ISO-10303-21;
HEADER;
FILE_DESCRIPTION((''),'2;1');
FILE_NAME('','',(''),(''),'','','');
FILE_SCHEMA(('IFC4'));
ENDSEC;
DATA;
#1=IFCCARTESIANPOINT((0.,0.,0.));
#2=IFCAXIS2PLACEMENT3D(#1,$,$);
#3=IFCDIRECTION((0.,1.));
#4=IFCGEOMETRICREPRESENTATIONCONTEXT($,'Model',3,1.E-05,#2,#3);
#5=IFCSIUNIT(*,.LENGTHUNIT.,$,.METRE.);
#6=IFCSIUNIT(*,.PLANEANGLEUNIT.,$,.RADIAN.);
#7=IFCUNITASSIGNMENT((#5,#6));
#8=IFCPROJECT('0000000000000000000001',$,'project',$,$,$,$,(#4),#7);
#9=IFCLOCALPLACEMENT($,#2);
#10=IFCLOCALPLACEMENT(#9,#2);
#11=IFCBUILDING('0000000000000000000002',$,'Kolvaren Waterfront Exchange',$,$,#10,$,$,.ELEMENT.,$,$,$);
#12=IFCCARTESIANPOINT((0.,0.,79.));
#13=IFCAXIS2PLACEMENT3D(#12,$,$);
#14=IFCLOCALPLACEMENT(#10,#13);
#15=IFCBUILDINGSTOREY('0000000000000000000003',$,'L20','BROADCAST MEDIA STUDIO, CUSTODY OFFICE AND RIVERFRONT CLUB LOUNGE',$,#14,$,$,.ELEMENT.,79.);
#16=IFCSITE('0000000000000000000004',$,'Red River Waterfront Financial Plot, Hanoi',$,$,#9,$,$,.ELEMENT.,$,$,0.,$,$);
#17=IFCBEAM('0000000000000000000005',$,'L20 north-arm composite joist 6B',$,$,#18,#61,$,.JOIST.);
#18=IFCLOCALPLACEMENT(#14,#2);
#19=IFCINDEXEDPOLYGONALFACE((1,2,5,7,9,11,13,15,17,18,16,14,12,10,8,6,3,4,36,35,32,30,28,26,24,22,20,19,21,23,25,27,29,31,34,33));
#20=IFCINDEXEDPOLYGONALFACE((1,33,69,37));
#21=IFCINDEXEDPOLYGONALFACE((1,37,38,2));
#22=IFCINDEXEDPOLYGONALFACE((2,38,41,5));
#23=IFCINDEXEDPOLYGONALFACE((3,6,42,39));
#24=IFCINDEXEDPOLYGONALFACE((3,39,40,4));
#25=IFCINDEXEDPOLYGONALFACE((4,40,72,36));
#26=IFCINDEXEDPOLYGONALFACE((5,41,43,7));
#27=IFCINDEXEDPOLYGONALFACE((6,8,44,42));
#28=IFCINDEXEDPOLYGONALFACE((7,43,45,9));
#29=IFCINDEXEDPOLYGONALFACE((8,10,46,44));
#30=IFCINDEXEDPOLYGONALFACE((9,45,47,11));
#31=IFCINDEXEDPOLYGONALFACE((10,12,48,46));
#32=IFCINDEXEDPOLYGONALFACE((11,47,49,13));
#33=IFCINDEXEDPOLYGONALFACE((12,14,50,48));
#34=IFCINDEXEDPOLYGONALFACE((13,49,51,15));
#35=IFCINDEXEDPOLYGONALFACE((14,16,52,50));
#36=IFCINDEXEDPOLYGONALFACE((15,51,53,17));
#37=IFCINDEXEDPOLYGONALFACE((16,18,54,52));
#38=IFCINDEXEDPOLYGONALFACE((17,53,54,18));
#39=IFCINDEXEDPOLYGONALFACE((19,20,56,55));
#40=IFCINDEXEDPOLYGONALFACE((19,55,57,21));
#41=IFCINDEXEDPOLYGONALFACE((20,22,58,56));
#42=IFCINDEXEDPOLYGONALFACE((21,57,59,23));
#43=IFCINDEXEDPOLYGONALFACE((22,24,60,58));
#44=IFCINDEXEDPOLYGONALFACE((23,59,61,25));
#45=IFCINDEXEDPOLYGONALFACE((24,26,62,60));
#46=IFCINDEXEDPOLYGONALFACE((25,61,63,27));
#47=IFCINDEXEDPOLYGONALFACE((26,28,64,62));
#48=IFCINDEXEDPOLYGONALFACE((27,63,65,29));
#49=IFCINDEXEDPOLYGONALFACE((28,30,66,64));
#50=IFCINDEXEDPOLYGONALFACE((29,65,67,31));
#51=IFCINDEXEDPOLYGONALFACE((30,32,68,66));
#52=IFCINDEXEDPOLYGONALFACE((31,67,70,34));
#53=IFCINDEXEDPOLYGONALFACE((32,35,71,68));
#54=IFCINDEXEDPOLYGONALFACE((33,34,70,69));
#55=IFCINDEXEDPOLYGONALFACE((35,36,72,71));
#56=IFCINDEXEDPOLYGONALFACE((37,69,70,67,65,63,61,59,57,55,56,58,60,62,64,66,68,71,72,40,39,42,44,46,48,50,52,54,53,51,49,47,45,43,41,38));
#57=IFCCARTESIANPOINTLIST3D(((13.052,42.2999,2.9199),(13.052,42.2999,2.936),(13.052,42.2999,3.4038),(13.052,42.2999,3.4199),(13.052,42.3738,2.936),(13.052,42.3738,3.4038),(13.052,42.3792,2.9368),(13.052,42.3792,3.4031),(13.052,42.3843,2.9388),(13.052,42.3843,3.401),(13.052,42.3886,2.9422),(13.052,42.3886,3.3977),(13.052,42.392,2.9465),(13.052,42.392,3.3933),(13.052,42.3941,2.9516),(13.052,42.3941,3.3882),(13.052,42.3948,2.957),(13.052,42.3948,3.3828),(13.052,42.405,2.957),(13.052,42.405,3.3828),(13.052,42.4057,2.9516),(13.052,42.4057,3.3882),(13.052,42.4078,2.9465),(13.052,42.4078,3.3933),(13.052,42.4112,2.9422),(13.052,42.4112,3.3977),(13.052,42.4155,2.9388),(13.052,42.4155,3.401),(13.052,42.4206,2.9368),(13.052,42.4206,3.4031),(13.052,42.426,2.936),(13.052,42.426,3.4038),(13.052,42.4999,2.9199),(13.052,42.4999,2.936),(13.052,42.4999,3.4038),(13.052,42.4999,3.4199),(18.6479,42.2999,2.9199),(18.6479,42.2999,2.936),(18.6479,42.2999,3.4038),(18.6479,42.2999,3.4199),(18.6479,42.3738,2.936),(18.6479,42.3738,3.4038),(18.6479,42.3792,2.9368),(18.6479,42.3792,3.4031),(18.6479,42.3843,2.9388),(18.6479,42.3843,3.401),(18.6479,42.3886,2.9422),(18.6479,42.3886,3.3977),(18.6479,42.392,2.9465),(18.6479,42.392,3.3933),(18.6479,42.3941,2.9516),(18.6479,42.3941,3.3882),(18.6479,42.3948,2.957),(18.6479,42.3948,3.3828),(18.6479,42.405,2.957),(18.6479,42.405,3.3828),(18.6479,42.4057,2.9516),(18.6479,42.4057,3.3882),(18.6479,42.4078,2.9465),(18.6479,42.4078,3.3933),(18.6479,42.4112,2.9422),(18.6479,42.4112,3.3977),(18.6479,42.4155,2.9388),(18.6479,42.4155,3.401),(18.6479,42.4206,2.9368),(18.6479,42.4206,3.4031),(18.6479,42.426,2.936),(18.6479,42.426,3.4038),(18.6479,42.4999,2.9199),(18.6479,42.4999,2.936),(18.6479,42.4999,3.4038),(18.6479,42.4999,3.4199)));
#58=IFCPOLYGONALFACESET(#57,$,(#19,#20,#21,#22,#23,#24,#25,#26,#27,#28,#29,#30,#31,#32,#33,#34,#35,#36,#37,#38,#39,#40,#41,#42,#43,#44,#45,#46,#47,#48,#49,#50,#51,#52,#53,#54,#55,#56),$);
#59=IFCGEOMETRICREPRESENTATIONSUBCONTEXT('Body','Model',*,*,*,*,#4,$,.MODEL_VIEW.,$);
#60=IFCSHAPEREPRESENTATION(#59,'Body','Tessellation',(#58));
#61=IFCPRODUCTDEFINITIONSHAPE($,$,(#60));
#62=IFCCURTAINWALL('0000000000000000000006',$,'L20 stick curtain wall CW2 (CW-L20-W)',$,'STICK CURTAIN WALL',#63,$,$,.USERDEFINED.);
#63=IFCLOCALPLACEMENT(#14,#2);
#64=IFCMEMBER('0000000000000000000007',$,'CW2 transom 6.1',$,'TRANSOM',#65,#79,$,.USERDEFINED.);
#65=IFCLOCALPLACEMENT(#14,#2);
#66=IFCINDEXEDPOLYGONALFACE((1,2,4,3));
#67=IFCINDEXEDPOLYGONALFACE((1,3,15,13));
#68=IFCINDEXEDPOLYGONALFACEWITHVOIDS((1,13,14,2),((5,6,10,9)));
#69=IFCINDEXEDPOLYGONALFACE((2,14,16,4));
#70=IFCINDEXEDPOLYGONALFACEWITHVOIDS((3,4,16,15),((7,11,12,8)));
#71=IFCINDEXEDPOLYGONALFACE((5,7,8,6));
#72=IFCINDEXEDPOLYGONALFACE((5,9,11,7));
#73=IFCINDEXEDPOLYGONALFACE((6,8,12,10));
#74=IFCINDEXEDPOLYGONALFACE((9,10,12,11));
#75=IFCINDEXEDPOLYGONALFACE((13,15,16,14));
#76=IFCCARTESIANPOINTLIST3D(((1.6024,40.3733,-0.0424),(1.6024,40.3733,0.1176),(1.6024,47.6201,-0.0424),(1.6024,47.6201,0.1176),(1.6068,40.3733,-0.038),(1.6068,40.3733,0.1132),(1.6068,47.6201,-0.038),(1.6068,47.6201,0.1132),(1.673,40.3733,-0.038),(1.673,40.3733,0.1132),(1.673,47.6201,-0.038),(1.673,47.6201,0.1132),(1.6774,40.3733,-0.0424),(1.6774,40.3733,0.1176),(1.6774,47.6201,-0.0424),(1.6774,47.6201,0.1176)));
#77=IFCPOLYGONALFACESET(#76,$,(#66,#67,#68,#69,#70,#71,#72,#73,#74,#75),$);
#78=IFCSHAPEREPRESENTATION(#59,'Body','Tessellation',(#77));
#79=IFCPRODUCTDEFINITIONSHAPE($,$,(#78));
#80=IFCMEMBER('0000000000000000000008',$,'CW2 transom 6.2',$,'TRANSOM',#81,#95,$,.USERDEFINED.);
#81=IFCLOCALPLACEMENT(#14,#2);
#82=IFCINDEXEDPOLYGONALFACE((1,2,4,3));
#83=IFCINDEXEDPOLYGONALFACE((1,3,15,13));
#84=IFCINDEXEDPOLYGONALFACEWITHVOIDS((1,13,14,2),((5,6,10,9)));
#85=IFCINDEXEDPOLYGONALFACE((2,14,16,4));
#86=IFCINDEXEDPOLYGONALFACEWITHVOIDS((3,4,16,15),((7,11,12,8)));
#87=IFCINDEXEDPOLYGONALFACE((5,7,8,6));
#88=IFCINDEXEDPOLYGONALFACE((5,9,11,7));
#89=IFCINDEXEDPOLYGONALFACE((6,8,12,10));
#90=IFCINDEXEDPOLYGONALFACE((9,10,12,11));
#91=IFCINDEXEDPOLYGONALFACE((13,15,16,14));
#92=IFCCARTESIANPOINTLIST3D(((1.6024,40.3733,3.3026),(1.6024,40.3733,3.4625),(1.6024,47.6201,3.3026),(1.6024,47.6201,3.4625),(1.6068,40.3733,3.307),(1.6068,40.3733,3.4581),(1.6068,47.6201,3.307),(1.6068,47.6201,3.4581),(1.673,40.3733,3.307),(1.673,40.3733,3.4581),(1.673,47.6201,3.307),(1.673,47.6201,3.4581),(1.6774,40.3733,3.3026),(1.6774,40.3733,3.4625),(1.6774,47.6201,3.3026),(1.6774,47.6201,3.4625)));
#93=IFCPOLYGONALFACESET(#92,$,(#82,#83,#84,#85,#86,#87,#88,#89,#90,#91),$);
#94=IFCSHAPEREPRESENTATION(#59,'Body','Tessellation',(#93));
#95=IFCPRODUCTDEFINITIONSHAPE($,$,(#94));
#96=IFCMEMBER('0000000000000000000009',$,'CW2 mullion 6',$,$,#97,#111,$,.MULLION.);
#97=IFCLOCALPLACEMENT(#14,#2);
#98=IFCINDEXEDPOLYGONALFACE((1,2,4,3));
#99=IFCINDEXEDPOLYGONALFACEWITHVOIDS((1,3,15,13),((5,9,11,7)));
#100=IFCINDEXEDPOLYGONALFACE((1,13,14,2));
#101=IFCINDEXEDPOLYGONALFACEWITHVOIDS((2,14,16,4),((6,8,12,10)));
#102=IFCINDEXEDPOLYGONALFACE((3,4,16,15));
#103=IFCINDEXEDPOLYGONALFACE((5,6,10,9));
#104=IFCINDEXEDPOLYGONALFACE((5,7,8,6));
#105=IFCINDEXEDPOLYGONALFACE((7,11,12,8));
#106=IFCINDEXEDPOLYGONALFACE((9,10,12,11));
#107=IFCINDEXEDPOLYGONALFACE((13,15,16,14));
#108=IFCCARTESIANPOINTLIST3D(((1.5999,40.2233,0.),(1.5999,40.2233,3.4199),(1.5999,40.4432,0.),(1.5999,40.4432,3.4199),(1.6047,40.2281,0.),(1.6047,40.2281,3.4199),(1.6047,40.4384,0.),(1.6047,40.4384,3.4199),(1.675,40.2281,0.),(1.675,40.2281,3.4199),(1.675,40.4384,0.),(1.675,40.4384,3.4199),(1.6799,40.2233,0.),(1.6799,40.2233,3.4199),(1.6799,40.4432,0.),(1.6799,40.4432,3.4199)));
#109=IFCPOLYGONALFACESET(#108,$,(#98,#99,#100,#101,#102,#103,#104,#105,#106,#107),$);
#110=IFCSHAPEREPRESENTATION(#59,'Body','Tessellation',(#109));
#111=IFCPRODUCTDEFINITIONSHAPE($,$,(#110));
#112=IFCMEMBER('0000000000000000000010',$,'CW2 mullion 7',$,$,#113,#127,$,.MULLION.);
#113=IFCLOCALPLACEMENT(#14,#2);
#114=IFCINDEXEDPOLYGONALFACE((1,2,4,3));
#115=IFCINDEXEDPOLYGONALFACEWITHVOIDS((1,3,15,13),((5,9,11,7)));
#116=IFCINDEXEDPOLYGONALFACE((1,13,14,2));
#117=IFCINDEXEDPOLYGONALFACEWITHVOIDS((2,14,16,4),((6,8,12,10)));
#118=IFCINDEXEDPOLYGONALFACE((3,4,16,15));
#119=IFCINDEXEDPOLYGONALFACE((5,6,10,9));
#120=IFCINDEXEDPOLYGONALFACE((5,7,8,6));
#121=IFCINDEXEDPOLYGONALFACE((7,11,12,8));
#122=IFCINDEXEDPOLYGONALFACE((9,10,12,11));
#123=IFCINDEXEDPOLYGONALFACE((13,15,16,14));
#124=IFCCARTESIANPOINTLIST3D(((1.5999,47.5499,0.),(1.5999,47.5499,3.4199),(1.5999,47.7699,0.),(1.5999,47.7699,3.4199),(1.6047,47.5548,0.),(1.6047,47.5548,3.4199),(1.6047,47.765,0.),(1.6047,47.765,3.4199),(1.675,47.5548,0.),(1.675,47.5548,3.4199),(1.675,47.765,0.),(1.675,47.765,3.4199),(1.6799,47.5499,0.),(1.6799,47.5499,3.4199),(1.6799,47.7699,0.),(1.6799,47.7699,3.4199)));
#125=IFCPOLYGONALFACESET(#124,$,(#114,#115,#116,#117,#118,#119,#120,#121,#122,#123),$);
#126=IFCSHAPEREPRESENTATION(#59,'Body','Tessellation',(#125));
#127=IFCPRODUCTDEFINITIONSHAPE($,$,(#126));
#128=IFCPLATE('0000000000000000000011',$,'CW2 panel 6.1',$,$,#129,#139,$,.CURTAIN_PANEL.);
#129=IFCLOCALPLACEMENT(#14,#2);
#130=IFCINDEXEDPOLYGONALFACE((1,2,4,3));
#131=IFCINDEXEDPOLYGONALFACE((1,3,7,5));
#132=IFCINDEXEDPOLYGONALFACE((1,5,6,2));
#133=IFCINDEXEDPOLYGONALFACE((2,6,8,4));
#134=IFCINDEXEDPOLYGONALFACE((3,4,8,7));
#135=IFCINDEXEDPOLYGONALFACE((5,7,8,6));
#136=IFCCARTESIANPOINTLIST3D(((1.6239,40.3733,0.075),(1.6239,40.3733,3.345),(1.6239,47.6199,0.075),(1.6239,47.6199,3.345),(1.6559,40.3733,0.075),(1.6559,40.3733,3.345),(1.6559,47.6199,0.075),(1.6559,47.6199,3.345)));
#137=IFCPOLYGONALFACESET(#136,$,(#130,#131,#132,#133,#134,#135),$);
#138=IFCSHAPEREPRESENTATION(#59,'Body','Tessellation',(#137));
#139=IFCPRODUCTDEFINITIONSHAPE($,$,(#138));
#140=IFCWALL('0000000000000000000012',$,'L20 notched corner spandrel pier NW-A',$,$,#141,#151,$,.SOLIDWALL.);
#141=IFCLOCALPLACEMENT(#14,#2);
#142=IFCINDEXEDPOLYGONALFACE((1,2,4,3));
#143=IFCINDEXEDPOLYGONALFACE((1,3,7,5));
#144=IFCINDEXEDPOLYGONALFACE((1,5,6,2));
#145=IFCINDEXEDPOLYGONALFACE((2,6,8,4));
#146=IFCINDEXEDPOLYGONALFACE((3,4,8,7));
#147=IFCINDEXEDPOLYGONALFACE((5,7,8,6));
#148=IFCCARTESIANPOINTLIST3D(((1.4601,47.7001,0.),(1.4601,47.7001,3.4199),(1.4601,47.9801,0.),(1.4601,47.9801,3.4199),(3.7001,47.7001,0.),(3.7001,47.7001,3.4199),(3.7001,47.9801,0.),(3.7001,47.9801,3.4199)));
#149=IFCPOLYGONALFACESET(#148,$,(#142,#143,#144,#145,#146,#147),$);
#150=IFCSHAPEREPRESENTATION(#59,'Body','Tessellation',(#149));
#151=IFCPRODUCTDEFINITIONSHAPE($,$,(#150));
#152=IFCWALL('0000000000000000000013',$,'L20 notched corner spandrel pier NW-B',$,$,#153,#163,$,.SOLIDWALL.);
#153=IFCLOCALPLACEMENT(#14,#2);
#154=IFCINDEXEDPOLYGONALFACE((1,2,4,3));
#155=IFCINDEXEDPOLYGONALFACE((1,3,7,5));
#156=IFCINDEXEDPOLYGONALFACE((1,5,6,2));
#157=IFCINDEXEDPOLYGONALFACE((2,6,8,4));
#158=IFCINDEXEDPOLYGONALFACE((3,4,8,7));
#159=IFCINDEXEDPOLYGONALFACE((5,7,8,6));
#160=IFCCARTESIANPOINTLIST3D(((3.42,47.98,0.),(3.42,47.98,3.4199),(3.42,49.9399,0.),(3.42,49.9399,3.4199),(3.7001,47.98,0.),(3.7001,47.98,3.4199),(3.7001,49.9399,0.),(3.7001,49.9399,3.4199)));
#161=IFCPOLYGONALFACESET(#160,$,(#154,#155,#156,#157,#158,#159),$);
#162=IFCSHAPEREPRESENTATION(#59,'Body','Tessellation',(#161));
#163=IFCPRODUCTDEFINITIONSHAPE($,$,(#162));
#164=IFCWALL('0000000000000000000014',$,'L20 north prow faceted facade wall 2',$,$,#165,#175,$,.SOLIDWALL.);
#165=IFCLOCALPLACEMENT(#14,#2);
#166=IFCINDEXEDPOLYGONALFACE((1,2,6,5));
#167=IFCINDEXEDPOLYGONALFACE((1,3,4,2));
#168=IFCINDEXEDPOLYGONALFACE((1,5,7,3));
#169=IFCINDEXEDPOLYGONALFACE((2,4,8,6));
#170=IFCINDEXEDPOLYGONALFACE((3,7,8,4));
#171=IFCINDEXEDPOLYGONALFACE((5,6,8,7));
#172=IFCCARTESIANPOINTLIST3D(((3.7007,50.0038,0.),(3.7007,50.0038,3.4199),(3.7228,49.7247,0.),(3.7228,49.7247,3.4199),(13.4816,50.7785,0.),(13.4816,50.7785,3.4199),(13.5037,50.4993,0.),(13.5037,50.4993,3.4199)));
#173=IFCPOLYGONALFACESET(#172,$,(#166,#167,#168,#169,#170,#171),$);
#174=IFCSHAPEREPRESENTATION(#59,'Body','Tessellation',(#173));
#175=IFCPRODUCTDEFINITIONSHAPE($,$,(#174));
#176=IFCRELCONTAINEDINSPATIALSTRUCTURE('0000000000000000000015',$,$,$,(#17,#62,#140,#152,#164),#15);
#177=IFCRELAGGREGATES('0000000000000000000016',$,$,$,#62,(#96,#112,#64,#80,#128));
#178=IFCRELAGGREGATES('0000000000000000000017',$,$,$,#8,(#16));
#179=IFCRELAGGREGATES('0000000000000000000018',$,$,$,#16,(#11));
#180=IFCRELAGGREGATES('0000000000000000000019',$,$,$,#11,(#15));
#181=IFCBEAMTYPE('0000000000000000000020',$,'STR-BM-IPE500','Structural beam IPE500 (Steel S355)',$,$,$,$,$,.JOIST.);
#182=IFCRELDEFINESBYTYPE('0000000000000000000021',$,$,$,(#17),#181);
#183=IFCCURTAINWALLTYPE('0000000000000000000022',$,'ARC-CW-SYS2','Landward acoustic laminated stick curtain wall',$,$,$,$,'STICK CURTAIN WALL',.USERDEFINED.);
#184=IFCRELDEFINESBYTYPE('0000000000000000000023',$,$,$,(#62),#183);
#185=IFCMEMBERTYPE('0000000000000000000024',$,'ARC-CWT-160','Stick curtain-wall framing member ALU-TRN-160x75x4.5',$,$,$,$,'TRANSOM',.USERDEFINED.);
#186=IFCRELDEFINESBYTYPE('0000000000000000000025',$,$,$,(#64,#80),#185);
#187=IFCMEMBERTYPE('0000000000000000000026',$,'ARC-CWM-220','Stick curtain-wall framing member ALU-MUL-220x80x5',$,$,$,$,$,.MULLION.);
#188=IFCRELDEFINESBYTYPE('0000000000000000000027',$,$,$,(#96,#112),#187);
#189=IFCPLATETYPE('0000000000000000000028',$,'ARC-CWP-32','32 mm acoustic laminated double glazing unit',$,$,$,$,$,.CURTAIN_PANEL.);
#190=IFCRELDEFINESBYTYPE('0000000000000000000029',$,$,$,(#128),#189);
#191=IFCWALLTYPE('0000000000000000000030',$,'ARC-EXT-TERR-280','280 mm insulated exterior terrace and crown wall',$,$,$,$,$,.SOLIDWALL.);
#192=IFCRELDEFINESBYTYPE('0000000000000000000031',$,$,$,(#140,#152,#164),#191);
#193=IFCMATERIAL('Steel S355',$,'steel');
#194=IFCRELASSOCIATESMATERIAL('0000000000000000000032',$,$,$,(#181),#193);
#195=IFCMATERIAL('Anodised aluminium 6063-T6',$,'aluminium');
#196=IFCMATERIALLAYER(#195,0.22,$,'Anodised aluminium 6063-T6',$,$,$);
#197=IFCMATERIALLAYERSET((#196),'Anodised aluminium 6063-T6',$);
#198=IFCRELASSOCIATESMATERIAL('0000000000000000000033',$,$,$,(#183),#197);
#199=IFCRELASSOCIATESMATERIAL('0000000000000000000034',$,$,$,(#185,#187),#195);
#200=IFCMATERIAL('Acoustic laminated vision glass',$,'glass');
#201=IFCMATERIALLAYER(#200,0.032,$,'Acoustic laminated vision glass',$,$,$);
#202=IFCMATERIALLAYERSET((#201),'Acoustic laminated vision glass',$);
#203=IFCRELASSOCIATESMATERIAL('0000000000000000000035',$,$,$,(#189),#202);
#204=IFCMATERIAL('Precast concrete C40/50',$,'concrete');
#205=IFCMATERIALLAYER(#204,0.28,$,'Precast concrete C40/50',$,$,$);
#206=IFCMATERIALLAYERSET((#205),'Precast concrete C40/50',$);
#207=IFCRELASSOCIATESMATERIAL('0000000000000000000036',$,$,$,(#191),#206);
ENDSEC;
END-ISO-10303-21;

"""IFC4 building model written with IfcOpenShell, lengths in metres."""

from ifc_helpers import new_model, si_unit, direction, frame, frame_2d, origin, origin_with_axes, origin_2d, place, context, subcontext, project, spatial, rectangle, hollow_rectangle, i_section, extrude, source, transform, mapped, material, layer, layer_set, material_profile, profile_set, type_object, element, aggregate, save


model = new_model("IFC4")

# Units and contexts
model_context = context("Model", 3, precision=1e-05, world=origin(), true_north=direction((0.0, 1.0)))
body_context = subcontext(model_context, "Body", "Model", "MODEL_VIEW")
ifc_project = project(units=[si_unit("LENGTHUNIT", "METRE"), si_unit("PLANEANGLEUNIT", "RADIAN")], contexts=[model_context])

# Site, building, storey
site_placement = place(None, origin())
site = spatial("IfcSite", under=ifc_project, at=site_placement, Name="Red River Waterfront Financial Plot, Hanoi", CompositionType="ELEMENT", RefElevation=0.0)
building_placement = place(site_placement, origin())
building = spatial("IfcBuilding", under=site, at=building_placement, Name="Kolvaren Waterfront Exchange", CompositionType="ELEMENT")
storey_placement = place(building_placement, frame((0.0, 0.0, 79.0)))
storey = spatial("IfcBuildingStorey", under=building, at=storey_placement, Name="L20", Description="BROADCAST MEDIA STUDIO, CUSTODY OFFICE AND RIVERFRONT CLUB LOUNGE", CompositionType="ELEMENT", Elevation=79.0)

# Beam
ifc_material_1 = material(Name="Steel S355", Category="steel")
ifc_material_profile_1 = material_profile(ifc_material_1, i_section(OverallWidth=0.2, OverallDepth=0.5, WebThickness=0.0103, FlangeThickness=0.0161, FilletRadius=0.021, at=origin_2d()), Name="IPE500")
ifc_profile_set_1 = profile_set([ifc_material_profile_1], Name="Steel S355")
beam_type_1 = type_object("IfcBeamType", Name="STR-BM-IPE500", Description="Structural beam IPE500 (Steel S355)", PredefinedType="JOIST", material=ifc_profile_set_1)
beam_1_placement = place(storey_placement, frame((13.052, 42.3999, 3.1699), z_axis=(1.0, 0.0, 0.0), x_axis=(0.0, 1.0, 0.0)))
element("IfcBeam", 1, at=beam_1_placement, inside=storey, type_object=beam_type_1, Name="L20 north-arm composite joist 6B", PredefinedType="JOIST", context=body_context, shape_type="SweptSolid", body=[
    extrude(i_section(OverallWidth=0.2, OverallDepth=0.5, WebThickness=0.0103, FlangeThickness=0.0161, FilletRadius=0.021, at=origin_2d()), origin(), (0.0, 0.0, 1.0), 5.5959),
])

# Curtain wall, members, plate
ifc_material_2 = material(Name="Anodised aluminium 6063-T6", Category="aluminium")
ifc_layer_1 = layer(ifc_material_2, 0.22, Name="Anodised aluminium 6063-T6")
ifc_layer_set_1 = layer_set([ifc_layer_1], Name="Anodised aluminium 6063-T6")
curtain_wall_type = type_object("IfcCurtainWallType", Name="ARC-CW-SYS2", Description="Landward acoustic laminated stick curtain wall", ElementType="STICK CURTAIN WALL", PredefinedType="USERDEFINED", material=ifc_layer_set_1)
curtain_wall_placement = place(storey_placement, origin())
curtain_wall = element("IfcCurtainWall", 2, at=curtain_wall_placement, inside=storey, type_object=curtain_wall_type, Name="L20 stick curtain wall CW2 (CW-L20-W)", ObjectType="STICK CURTAIN WALL", PredefinedType="USERDEFINED")
ifc_material_profile_2 = material_profile(ifc_material_2, hollow_rectangle(XDim=0.075, YDim=0.1599, WallThickness=0.0044, at=origin_2d()), Name="ALU-TRN-160x75x4.5")
ifc_profile_set_2 = profile_set([ifc_material_profile_2], Name="Anodised aluminium 6063-T6")
member_type_1 = type_object("IfcMemberType", Name="ARC-CWT-160", Description="Stick curtain-wall framing member ALU-TRN-160x75x4.5", ElementType="TRANSOM", PredefinedType="USERDEFINED", material=ifc_profile_set_2)
shared_shape_1 = source(origin_with_axes(), body_context, "Body", "SweptSolid", [
    extrude(hollow_rectangle(XDim=0.075, YDim=0.1599, WallThickness=0.0044, at=origin_2d()), origin(), (0.0, 0.0, 1.0), 7.2468),
])
member_1_placement = place(storey_placement, frame((1.6399, 40.3733, 0.0376), z_axis=(0.0, 1.0, 0.0), x_axis=(-1.0, 0.0, 0.0)))
member_1 = element("IfcMember", 3, at=member_1_placement, type_object=member_type_1, Name="CW2 transom 6.1", ObjectType="TRANSOM", PredefinedType="USERDEFINED", context=body_context, shape_type="MappedRepresentation", body=[
    mapped(shared_shape_1, transform((0.0, 0.0, 0.0), x_axis=(1.0, 0.0, 0.0), y_axis=(0.0, 1.0, 0.0), z_axis=(0.0, 0.0, 1.0), scale=1.0)),
])
member_2_placement = place(storey_placement, frame((1.6399, 40.3733, 3.3826), z_axis=(0.0, 1.0, 0.0), x_axis=(-1.0, 0.0, 0.0)))
member_2 = element("IfcMember", 4, at=member_2_placement, type_object=member_type_1, Name="CW2 transom 6.2", ObjectType="TRANSOM", PredefinedType="USERDEFINED", context=body_context, shape_type="MappedRepresentation", body=[
    mapped(shared_shape_1, transform((0.0, 0.0, 0.0), x_axis=(1.0, 0.0, 0.0), y_axis=(0.0, 1.0, 0.0), z_axis=(0.0, 0.0, 1.0), scale=1.0)),
])
ifc_material_profile_3 = material_profile(ifc_material_2, hollow_rectangle(XDim=0.0801, YDim=0.22, WallThickness=0.0049, at=origin_2d()), Name="ALU-MUL-220x80x5")
ifc_profile_set_3 = profile_set([ifc_material_profile_3], Name="Anodised aluminium 6063-T6")
member_type_2 = type_object("IfcMemberType", Name="ARC-CWM-220", Description="Stick curtain-wall framing member ALU-MUL-220x80x5", PredefinedType="MULLION", material=ifc_profile_set_3)
shared_shape_2 = source(origin_with_axes(), body_context, "Body", "SweptSolid", [
    extrude(hollow_rectangle(XDim=0.0801, YDim=0.22, WallThickness=0.0049, at=origin_2d()), origin(), (0.0, 0.0, 1.0), 3.4199),
])
member_3_placement = place(storey_placement, frame((1.6399, 40.3333, 0.0), z_axis=(0.0, 0.0, 1.0), x_axis=(-1.0, 0.0, 0.0)))
member_3 = element("IfcMember", 5, at=member_3_placement, type_object=member_type_2, Name="CW2 mullion 6", PredefinedType="MULLION", context=body_context, shape_type="MappedRepresentation", body=[
    mapped(shared_shape_2, transform((0.0, 0.0, 0.0), x_axis=(1.0, 0.0, 0.0), y_axis=(0.0, 1.0, 0.0), z_axis=(0.0, 0.0, 1.0), scale=1.0)),
])
member_4_placement = place(storey_placement, frame((1.6399, 47.6599, 0.0), z_axis=(0.0, 0.0, 1.0), x_axis=(-1.0, 0.0, 0.0)))
member_4 = element("IfcMember", 6, at=member_4_placement, type_object=member_type_2, Name="CW2 mullion 7", PredefinedType="MULLION", context=body_context, shape_type="MappedRepresentation", body=[
    mapped(shared_shape_2, transform((0.0, 0.0, 0.0), x_axis=(1.0, 0.0, 0.0), y_axis=(0.0, 1.0, 0.0), z_axis=(0.0, 0.0, 1.0), scale=1.0)),
])
ifc_material_3 = material(Name="Acoustic laminated vision glass", Category="glass")
ifc_layer_2 = layer(ifc_material_3, 0.032, Name="Acoustic laminated vision glass")
ifc_layer_set_2 = layer_set([ifc_layer_2], Name="Acoustic laminated vision glass")
plate_type = type_object("IfcPlateType", Name="ARC-CWP-32", Description="32 mm acoustic laminated double glazing unit", PredefinedType="CURTAIN_PANEL", material=ifc_layer_set_2)
shared_shape_3 = source(origin_with_axes(), body_context, "Body", "SweptSolid", [
    extrude(rectangle(XDim=7.2466, YDim=0.032, at=origin_2d()), origin(), (0.0, 0.0, 1.0), 3.27),
])
plate_placement = place(storey_placement, frame((1.6399, 43.9966, 0.075), z_axis=(0.0, 0.0, 1.0), x_axis=(0.0, 1.0, 0.0)))
plate = element("IfcPlate", 7, at=plate_placement, type_object=plate_type, Name="CW2 panel 6.1", PredefinedType="CURTAIN_PANEL", context=body_context, shape_type="MappedRepresentation", body=[
    mapped(shared_shape_3, transform((0.0, 0.0, 0.0), x_axis=(1.0, 0.0, 0.0), y_axis=(0.0, 1.0, 0.0), z_axis=(0.0, 0.0, 1.0), scale=1.0)),
])
aggregate(curtain_wall, [member_3, member_4, member_1, member_2, plate])

# Walls
ifc_material_4 = material(Name="Precast concrete C40/50", Category="concrete")
ifc_layer_3 = layer(ifc_material_4, 0.28, Name="Precast concrete C40/50")
ifc_layer_set_3 = layer_set([ifc_layer_3], Name="Precast concrete C40/50")
wall_type_1 = type_object("IfcWallType", Name="ARC-EXT-TERR-280", Description="280 mm insulated exterior terrace and crown wall", PredefinedType="SOLIDWALL", material=ifc_layer_set_3)
wall_1_placement = place(storey_placement, frame((1.46, 47.8401, 0.0), z_axis=(0.0, 0.0, 1.0), x_axis=(1.0, 0.0, 0.0)))
element("IfcWall", 8, at=wall_1_placement, inside=storey, type_object=wall_type_1, Name="L20 notched corner spandrel pier NW-A", PredefinedType="SOLIDWALL", context=body_context, shape_type="SweptSolid", body=[
    extrude(rectangle(XDim=2.24, YDim=0.28, at=frame_2d((1.1201, 0.0))), origin(), (0.0, 0.0, 1.0), 3.4199),
])
wall_2_placement = place(storey_placement, frame((3.5601, 47.98, 0.0), z_axis=(0.0, 0.0, 1.0), x_axis=(0.0, 1.0, 0.0)))
element("IfcWall", 9, at=wall_2_placement, inside=storey, type_object=wall_type_1, Name="L20 notched corner spandrel pier NW-B", PredefinedType="SOLIDWALL", context=body_context, shape_type="SweptSolid", body=[
    extrude(rectangle(XDim=1.96, YDim=0.28, at=frame_2d((0.98, 0.0))), origin(), (0.0, 0.0, 1.0), 3.4199),
])
wall_3_placement = place(storey_placement, frame((13.4927, 50.6389, 0.0), z_axis=(0.0, 0.0, 1.0), x_axis=(-0.996878, -0.078953, 0.0)))
element("IfcWall", 10, at=wall_3_placement, inside=storey, type_object=wall_type_1, Name="L20 north prow faceted facade wall 2", PredefinedType="SOLIDWALL", context=body_context, shape_type="SweptSolid", body=[
    extrude(rectangle(XDim=9.8115, YDim=0.28, at=frame_2d((4.9058, 0.0))), origin(), (0.0, 0.0, 1.0), 3.4199),
])

save(model, "model.ifc")
